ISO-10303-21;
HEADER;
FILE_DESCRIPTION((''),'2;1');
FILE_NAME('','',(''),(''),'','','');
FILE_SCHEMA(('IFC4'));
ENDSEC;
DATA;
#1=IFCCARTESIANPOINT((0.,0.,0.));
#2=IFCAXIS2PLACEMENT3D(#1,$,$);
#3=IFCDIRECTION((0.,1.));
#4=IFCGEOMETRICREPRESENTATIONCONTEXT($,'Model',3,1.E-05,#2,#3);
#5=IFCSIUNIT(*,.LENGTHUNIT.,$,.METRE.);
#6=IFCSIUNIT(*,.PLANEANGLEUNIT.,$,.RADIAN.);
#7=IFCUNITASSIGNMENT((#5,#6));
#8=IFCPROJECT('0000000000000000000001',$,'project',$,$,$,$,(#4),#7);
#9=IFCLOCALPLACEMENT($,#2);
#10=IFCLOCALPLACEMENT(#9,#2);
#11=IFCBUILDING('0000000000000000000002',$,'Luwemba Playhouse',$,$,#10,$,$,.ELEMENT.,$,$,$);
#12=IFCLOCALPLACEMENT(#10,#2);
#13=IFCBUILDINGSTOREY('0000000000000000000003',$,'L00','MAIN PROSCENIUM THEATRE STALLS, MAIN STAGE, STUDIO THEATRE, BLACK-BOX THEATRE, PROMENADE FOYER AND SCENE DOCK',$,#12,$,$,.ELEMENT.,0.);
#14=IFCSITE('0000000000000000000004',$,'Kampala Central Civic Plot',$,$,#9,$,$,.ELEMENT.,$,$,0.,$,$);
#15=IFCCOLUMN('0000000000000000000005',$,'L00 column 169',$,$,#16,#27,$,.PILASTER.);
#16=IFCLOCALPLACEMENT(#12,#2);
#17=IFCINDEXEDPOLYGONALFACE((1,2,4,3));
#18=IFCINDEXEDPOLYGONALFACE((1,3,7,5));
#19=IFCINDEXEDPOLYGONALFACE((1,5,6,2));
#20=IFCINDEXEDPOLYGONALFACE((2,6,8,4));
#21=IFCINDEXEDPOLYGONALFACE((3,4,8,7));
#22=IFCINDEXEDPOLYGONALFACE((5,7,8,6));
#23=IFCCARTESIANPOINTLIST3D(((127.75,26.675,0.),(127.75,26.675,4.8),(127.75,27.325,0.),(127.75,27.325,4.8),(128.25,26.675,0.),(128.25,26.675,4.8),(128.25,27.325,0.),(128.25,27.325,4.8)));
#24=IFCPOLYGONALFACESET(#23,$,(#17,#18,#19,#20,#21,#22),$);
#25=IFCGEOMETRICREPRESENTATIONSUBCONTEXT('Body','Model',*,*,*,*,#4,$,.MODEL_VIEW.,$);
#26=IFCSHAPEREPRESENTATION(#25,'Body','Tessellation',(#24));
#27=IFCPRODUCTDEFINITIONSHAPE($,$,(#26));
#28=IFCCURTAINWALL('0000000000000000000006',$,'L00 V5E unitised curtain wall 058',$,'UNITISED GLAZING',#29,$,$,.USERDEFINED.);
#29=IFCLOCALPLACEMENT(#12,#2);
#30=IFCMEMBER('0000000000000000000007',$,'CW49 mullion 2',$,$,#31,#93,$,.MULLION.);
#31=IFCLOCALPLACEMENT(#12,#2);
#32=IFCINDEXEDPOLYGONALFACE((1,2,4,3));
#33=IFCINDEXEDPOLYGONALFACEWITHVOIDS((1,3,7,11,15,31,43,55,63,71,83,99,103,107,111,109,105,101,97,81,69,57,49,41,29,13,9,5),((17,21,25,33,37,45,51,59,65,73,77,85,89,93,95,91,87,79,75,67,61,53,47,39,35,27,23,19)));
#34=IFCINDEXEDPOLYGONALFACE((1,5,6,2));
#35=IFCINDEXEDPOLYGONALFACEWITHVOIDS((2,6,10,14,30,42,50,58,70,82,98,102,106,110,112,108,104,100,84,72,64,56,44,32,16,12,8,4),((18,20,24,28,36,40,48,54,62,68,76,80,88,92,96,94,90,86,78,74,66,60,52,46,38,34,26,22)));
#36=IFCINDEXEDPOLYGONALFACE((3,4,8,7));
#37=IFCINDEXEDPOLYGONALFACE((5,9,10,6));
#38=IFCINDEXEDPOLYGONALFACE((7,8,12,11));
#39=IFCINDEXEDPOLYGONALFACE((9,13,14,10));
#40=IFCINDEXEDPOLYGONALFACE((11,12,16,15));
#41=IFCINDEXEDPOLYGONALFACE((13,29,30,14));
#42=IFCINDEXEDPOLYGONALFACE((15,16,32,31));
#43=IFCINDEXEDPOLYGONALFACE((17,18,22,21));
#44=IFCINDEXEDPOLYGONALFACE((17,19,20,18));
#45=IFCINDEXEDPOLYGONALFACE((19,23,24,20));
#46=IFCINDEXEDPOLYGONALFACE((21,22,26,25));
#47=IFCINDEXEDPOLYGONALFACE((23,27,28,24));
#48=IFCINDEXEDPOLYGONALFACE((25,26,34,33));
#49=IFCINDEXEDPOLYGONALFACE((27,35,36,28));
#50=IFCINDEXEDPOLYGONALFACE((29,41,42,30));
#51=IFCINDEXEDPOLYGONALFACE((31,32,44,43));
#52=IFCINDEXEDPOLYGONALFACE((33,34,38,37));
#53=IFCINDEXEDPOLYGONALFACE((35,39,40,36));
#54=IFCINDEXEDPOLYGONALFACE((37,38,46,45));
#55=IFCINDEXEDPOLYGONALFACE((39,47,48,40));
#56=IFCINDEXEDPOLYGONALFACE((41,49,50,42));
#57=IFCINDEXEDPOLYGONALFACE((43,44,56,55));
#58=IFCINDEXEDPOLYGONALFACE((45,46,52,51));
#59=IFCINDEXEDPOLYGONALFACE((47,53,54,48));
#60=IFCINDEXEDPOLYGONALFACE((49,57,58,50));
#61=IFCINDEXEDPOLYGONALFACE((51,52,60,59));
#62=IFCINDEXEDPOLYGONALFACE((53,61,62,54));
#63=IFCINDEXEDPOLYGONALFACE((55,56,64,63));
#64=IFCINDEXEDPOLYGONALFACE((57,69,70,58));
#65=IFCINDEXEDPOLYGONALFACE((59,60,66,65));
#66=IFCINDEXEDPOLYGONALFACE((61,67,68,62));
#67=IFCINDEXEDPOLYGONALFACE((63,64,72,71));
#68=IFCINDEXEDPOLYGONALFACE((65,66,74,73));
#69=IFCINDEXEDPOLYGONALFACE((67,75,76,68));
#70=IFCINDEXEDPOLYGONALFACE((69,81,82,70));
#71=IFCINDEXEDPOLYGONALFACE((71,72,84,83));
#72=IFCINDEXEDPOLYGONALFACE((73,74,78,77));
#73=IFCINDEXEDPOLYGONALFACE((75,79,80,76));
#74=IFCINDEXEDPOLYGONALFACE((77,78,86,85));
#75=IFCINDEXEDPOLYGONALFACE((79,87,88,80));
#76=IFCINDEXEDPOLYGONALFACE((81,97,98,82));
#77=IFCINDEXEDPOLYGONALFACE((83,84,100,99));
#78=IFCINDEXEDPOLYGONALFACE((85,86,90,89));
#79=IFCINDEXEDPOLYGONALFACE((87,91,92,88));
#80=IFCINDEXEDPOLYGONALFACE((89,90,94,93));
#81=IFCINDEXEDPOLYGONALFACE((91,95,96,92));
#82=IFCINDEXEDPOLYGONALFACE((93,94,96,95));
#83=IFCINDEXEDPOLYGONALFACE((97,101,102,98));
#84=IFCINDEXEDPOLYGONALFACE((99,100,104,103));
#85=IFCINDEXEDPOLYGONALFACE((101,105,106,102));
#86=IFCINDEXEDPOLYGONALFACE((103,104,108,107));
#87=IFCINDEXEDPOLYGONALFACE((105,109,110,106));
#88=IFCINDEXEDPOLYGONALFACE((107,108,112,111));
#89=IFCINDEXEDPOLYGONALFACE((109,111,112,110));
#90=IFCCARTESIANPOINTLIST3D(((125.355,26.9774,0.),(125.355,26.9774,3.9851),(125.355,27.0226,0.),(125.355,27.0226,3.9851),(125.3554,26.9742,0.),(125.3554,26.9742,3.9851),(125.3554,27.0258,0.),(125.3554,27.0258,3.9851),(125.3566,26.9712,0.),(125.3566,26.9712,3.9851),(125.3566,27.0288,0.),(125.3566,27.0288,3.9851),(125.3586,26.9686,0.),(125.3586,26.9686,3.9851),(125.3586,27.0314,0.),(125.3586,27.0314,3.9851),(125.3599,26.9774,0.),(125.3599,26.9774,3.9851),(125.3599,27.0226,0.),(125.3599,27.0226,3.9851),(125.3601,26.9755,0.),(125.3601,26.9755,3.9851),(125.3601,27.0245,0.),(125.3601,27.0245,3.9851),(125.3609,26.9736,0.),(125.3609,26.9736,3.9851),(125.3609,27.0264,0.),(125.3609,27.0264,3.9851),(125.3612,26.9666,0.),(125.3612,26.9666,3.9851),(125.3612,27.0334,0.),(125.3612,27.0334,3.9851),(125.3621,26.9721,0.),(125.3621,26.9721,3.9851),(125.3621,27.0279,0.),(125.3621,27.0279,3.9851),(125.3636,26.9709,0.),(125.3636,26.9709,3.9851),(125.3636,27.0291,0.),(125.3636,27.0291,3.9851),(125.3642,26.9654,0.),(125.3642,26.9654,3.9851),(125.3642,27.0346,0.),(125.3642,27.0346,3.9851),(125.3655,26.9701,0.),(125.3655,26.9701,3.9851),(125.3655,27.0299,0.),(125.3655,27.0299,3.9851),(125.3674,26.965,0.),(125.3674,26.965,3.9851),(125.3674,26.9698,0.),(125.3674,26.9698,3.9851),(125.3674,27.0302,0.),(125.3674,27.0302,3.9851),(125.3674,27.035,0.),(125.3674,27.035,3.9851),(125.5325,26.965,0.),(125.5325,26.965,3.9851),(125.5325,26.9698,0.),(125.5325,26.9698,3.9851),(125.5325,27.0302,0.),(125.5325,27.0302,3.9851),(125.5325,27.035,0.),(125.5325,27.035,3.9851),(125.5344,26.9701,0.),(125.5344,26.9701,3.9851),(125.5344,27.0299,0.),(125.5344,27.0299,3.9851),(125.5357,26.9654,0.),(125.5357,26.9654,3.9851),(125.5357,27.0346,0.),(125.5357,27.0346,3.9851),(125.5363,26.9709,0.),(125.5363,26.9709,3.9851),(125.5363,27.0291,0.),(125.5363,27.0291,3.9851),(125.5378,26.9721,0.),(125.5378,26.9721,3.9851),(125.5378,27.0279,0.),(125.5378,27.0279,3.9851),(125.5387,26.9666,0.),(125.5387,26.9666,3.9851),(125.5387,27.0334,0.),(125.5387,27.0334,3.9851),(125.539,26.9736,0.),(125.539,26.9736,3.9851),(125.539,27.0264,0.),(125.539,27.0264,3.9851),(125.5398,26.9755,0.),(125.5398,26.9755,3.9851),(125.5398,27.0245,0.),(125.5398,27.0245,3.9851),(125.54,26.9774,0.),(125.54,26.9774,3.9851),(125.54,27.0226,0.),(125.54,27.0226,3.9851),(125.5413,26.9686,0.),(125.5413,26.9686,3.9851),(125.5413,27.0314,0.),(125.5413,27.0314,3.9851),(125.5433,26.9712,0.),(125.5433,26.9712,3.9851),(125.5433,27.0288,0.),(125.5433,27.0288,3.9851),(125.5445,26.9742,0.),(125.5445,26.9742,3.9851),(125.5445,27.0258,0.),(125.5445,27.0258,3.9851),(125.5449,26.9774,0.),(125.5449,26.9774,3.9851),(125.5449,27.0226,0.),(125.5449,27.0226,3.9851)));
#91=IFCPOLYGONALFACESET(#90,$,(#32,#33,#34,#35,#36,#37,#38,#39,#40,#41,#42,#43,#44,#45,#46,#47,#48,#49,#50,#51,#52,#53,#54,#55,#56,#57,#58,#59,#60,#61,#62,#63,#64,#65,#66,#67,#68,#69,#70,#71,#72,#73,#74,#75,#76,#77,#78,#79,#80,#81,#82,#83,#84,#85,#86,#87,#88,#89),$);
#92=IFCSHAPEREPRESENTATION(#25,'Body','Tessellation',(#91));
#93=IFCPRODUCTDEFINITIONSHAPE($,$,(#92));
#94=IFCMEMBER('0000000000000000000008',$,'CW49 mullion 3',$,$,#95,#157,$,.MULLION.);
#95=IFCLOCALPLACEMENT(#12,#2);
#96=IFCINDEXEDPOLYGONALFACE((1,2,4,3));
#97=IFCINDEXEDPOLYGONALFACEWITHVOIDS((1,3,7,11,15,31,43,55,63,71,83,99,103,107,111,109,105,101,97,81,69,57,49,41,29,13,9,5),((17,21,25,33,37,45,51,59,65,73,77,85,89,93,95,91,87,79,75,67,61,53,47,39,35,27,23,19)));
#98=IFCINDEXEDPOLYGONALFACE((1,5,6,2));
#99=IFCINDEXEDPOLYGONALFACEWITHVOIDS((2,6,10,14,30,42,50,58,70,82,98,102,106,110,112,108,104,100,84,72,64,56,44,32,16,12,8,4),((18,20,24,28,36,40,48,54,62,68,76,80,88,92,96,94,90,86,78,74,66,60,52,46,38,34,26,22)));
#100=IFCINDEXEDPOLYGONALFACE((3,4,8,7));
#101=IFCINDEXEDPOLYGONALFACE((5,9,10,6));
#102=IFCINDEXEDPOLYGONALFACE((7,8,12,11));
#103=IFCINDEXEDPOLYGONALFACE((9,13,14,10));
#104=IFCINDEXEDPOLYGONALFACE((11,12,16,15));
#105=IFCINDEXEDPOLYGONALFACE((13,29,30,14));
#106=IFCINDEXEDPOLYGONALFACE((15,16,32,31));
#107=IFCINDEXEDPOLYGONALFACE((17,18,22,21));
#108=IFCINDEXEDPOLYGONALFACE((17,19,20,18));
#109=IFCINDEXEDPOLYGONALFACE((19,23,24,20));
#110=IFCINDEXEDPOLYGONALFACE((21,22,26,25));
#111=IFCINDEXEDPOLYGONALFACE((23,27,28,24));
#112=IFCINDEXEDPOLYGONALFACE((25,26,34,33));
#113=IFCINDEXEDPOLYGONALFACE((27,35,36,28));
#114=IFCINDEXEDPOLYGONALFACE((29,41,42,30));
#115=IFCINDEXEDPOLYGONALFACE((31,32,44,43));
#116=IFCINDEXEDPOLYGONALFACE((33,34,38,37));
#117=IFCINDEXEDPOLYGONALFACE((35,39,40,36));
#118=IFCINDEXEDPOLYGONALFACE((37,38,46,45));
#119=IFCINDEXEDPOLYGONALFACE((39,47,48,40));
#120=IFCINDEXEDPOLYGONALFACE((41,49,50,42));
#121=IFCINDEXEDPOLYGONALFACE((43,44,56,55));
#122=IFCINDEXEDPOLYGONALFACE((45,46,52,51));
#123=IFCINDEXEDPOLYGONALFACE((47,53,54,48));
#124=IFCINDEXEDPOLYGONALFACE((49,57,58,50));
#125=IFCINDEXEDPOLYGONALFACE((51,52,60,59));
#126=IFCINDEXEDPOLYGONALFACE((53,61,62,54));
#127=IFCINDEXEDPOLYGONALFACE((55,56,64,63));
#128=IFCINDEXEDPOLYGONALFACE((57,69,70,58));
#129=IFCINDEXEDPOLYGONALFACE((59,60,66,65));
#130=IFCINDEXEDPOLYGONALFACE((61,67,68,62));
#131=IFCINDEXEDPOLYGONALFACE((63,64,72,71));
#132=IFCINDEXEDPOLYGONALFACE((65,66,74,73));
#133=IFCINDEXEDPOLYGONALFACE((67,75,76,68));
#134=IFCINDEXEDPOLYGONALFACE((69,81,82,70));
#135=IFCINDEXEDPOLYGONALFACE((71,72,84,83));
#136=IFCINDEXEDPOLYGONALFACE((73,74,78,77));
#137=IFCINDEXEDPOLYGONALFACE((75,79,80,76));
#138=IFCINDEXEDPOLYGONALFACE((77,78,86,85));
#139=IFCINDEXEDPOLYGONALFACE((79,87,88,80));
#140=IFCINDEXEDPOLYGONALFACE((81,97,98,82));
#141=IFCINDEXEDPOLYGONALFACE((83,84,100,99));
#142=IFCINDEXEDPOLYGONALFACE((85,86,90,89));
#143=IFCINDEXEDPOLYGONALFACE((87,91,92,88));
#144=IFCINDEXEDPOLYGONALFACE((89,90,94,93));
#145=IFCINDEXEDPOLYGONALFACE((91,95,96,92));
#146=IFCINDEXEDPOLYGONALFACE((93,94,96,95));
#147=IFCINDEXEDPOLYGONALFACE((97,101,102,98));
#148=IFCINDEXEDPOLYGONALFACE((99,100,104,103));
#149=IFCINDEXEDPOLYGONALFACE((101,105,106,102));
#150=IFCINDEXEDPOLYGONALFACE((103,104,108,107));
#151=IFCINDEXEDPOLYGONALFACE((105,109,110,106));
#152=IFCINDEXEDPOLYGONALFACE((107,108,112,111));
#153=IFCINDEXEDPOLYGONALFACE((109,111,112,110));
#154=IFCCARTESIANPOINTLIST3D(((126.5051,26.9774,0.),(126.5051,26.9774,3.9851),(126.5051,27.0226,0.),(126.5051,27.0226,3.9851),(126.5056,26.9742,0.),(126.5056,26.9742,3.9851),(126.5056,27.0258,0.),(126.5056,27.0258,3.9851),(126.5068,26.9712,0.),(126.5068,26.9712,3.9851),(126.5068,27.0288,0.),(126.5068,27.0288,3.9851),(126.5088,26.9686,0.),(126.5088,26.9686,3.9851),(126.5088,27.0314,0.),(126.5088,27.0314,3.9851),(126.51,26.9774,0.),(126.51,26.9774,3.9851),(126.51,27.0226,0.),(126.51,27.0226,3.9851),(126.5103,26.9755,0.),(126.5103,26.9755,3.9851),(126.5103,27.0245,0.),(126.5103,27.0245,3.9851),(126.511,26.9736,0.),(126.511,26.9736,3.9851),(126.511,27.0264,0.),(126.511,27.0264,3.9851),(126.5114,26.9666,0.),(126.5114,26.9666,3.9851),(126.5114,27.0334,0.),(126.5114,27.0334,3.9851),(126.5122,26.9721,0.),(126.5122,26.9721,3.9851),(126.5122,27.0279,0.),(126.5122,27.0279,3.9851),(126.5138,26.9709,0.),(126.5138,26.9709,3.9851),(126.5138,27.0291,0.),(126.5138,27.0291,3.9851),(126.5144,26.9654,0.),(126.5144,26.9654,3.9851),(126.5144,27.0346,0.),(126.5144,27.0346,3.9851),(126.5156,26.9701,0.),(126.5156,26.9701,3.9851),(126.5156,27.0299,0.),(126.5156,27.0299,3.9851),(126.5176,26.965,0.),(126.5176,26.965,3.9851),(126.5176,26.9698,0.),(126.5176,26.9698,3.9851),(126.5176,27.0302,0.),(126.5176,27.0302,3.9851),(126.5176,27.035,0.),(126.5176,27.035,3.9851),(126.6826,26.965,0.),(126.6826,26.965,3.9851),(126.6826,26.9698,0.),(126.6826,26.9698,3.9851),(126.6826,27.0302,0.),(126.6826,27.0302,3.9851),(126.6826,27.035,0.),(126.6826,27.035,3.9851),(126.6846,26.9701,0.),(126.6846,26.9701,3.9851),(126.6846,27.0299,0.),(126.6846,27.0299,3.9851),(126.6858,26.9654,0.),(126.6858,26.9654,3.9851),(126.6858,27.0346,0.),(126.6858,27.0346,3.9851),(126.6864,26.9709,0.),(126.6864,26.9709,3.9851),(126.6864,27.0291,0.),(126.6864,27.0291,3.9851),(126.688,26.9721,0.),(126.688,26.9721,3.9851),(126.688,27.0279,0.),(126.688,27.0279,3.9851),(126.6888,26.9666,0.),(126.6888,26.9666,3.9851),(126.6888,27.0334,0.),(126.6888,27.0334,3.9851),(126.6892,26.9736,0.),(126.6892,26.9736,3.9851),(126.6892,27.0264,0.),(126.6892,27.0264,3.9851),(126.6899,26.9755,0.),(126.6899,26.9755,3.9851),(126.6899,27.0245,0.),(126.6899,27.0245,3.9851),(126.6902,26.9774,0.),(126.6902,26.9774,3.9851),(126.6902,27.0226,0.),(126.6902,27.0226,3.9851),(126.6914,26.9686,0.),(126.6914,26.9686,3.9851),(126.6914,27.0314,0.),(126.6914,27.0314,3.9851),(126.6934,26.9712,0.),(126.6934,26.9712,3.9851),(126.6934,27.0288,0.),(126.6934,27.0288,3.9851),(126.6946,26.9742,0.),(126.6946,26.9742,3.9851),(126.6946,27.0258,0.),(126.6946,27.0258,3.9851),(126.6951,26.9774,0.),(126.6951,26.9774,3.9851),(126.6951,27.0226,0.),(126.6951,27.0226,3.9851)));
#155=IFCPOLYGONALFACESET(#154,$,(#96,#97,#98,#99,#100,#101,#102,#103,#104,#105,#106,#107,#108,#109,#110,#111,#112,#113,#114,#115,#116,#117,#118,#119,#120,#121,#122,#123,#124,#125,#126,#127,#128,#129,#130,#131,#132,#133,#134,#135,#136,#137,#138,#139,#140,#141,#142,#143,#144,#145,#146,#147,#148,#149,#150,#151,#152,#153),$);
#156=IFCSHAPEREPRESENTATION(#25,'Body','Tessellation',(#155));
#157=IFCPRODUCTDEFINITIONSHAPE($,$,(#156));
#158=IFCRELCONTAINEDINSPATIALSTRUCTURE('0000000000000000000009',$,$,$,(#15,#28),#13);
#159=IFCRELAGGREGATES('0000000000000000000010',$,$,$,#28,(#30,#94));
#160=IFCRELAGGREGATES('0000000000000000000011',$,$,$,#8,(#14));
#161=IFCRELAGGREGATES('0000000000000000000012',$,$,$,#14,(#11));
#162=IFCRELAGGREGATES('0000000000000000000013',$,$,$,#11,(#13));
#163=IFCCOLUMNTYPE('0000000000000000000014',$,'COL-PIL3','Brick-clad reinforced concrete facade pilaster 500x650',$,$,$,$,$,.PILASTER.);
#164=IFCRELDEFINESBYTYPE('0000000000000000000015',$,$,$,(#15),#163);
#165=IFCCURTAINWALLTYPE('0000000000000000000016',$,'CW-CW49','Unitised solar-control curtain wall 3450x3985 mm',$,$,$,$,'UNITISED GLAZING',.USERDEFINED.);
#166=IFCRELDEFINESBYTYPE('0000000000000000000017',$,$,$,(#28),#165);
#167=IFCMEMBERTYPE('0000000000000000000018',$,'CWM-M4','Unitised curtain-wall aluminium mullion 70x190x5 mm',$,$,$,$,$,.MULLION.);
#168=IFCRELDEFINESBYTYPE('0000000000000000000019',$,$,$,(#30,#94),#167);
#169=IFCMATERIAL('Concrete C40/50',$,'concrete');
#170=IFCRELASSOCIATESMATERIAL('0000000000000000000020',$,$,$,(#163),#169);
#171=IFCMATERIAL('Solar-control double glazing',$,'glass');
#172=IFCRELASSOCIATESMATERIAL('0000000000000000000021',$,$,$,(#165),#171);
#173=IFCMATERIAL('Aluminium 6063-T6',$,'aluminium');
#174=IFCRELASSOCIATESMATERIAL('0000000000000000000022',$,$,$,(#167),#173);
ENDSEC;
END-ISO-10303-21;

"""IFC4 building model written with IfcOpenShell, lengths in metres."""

from ifc_helpers import new_model, si_unit, direction, frame, origin, origin_2d, place, context, subcontext, project, spatial, rectangle, hollow_rectangle, extrude, material, material_profile, profile_set, type_object, element, aggregate, save


model = new_model("IFC4")

# Units and contexts
model_context = context("Model", 3, precision=1e-05, world=origin(), true_north=direction((0.0, 1.0)))
body_context = subcontext(model_context, "Body", "Model", "MODEL_VIEW")
ifc_project = project(units=[si_unit("LENGTHUNIT", "METRE"), si_unit("PLANEANGLEUNIT", "RADIAN")], contexts=[model_context])

# Site, building, storey
site_placement = place(None, origin())
site = spatial("IfcSite", under=ifc_project, at=site_placement, Name="Kampala Central Civic Plot", CompositionType="ELEMENT", RefElevation=0.0)
building_placement = place(site_placement, origin())
building = spatial("IfcBuilding", under=site, at=building_placement, Name="Luwemba Playhouse", CompositionType="ELEMENT")
storey_placement = place(building_placement, origin())
storey = spatial("IfcBuildingStorey", under=building, at=storey_placement, Name="L00", Description="MAIN PROSCENIUM THEATRE STALLS, MAIN STAGE, STUDIO THEATRE, BLACK-BOX THEATRE, PROMENADE FOYER AND SCENE DOCK", CompositionType="ELEMENT", Elevation=0.0)

# Column
ifc_material_1 = material(Name="Concrete C40/50", Category="concrete")
ifc_material_profile_1 = material_profile(ifc_material_1, rectangle(XDim=0.5, YDim=0.6499, at=origin_2d()))
ifc_profile_set_1 = profile_set([ifc_material_profile_1], Name="Concrete C40/50")
column_type = type_object("IfcColumnType", Name="COL-PIL3", Description="Brick-clad reinforced concrete facade pilaster 500x650", PredefinedType="PILASTER", material=ifc_profile_set_1)
column_placement = place(storey_placement, frame((128.0, 27.0, 0.0), z_axis=(0.0, 0.0, 1.0), x_axis=(1.0, 0.0, 0.0)))
element("IfcColumn", 1, at=column_placement, inside=storey, type_object=column_type, Name="L00 column 169", PredefinedType="PILASTER", context=body_context, shape_type="SweptSolid", body=[
    extrude(rectangle(XDim=0.5, YDim=0.6499, at=origin_2d()), origin(), (0.0, 0.0, 1.0), 4.8),
])

# Curtain wall, members
ifc_material_2 = material(Name="Solar-control double glazing", Category="glass")
curtain_wall_type = type_object("IfcCurtainWallType", Name="CW-CW49", Description="Unitised solar-control curtain wall 3450x3985 mm", ElementType="UNITISED GLAZING", PredefinedType="USERDEFINED", material=ifc_material_2)
curtain_wall_placement = place(storey_placement, origin())
curtain_wall = element("IfcCurtainWall", 2, at=curtain_wall_placement, inside=storey, type_object=curtain_wall_type, Name="L00 V5E unitised curtain wall 058", ObjectType="UNITISED GLAZING", PredefinedType="USERDEFINED")
ifc_material_3 = material(Name="Aluminium 6063-T6", Category="aluminium")
ifc_material_profile_2 = material_profile(ifc_material_3, hollow_rectangle(XDim=0.0701, YDim=0.1899, WallThickness=0.0049, InnerFilletRadius=0.0076, OuterFilletRadius=0.0125, at=origin_2d()))
ifc_profile_set_2 = profile_set([ifc_material_profile_2], Name="Aluminium 6063-T6")
member_type_1 = type_object("IfcMemberType", Name="CWM-M4", Description="Unitised curtain-wall aluminium mullion 70x190x5 mm", PredefinedType="MULLION", material=ifc_profile_set_2)
member_1_placement = place(storey_placement, frame((125.45, 27.0, 0.0), z_axis=(0.0, 0.0, 1.0), x_axis=(0.0, 1.0, 0.0)))
member_1 = element("IfcMember", 3, at=member_1_placement, type_object=member_type_1, Name="CW49 mullion 2", PredefinedType="MULLION", context=body_context, shape_type="SweptSolid", body=[
    extrude(hollow_rectangle(XDim=0.0701, YDim=0.1899, WallThickness=0.0049, InnerFilletRadius=0.0076, OuterFilletRadius=0.0125, at=origin_2d()), origin(), (0.0, 0.0, 1.0), 3.9851),
])
member_2_placement = place(storey_placement, frame((126.6001, 27.0, 0.0), z_axis=(0.0, 0.0, 1.0), x_axis=(0.0, 1.0, 0.0)))
member_2 = element("IfcMember", 4, at=member_2_placement, type_object=member_type_1, Name="CW49 mullion 3", PredefinedType="MULLION", context=body_context, shape_type="SweptSolid", body=[
    extrude(hollow_rectangle(XDim=0.0701, YDim=0.1899, WallThickness=0.0049, InnerFilletRadius=0.0076, OuterFilletRadius=0.0125, at=origin_2d()), origin(), (0.0, 0.0, 1.0), 3.9851),
])
aggregate(curtain_wall, [member_1, member_2])

save(model, "model.ifc")
